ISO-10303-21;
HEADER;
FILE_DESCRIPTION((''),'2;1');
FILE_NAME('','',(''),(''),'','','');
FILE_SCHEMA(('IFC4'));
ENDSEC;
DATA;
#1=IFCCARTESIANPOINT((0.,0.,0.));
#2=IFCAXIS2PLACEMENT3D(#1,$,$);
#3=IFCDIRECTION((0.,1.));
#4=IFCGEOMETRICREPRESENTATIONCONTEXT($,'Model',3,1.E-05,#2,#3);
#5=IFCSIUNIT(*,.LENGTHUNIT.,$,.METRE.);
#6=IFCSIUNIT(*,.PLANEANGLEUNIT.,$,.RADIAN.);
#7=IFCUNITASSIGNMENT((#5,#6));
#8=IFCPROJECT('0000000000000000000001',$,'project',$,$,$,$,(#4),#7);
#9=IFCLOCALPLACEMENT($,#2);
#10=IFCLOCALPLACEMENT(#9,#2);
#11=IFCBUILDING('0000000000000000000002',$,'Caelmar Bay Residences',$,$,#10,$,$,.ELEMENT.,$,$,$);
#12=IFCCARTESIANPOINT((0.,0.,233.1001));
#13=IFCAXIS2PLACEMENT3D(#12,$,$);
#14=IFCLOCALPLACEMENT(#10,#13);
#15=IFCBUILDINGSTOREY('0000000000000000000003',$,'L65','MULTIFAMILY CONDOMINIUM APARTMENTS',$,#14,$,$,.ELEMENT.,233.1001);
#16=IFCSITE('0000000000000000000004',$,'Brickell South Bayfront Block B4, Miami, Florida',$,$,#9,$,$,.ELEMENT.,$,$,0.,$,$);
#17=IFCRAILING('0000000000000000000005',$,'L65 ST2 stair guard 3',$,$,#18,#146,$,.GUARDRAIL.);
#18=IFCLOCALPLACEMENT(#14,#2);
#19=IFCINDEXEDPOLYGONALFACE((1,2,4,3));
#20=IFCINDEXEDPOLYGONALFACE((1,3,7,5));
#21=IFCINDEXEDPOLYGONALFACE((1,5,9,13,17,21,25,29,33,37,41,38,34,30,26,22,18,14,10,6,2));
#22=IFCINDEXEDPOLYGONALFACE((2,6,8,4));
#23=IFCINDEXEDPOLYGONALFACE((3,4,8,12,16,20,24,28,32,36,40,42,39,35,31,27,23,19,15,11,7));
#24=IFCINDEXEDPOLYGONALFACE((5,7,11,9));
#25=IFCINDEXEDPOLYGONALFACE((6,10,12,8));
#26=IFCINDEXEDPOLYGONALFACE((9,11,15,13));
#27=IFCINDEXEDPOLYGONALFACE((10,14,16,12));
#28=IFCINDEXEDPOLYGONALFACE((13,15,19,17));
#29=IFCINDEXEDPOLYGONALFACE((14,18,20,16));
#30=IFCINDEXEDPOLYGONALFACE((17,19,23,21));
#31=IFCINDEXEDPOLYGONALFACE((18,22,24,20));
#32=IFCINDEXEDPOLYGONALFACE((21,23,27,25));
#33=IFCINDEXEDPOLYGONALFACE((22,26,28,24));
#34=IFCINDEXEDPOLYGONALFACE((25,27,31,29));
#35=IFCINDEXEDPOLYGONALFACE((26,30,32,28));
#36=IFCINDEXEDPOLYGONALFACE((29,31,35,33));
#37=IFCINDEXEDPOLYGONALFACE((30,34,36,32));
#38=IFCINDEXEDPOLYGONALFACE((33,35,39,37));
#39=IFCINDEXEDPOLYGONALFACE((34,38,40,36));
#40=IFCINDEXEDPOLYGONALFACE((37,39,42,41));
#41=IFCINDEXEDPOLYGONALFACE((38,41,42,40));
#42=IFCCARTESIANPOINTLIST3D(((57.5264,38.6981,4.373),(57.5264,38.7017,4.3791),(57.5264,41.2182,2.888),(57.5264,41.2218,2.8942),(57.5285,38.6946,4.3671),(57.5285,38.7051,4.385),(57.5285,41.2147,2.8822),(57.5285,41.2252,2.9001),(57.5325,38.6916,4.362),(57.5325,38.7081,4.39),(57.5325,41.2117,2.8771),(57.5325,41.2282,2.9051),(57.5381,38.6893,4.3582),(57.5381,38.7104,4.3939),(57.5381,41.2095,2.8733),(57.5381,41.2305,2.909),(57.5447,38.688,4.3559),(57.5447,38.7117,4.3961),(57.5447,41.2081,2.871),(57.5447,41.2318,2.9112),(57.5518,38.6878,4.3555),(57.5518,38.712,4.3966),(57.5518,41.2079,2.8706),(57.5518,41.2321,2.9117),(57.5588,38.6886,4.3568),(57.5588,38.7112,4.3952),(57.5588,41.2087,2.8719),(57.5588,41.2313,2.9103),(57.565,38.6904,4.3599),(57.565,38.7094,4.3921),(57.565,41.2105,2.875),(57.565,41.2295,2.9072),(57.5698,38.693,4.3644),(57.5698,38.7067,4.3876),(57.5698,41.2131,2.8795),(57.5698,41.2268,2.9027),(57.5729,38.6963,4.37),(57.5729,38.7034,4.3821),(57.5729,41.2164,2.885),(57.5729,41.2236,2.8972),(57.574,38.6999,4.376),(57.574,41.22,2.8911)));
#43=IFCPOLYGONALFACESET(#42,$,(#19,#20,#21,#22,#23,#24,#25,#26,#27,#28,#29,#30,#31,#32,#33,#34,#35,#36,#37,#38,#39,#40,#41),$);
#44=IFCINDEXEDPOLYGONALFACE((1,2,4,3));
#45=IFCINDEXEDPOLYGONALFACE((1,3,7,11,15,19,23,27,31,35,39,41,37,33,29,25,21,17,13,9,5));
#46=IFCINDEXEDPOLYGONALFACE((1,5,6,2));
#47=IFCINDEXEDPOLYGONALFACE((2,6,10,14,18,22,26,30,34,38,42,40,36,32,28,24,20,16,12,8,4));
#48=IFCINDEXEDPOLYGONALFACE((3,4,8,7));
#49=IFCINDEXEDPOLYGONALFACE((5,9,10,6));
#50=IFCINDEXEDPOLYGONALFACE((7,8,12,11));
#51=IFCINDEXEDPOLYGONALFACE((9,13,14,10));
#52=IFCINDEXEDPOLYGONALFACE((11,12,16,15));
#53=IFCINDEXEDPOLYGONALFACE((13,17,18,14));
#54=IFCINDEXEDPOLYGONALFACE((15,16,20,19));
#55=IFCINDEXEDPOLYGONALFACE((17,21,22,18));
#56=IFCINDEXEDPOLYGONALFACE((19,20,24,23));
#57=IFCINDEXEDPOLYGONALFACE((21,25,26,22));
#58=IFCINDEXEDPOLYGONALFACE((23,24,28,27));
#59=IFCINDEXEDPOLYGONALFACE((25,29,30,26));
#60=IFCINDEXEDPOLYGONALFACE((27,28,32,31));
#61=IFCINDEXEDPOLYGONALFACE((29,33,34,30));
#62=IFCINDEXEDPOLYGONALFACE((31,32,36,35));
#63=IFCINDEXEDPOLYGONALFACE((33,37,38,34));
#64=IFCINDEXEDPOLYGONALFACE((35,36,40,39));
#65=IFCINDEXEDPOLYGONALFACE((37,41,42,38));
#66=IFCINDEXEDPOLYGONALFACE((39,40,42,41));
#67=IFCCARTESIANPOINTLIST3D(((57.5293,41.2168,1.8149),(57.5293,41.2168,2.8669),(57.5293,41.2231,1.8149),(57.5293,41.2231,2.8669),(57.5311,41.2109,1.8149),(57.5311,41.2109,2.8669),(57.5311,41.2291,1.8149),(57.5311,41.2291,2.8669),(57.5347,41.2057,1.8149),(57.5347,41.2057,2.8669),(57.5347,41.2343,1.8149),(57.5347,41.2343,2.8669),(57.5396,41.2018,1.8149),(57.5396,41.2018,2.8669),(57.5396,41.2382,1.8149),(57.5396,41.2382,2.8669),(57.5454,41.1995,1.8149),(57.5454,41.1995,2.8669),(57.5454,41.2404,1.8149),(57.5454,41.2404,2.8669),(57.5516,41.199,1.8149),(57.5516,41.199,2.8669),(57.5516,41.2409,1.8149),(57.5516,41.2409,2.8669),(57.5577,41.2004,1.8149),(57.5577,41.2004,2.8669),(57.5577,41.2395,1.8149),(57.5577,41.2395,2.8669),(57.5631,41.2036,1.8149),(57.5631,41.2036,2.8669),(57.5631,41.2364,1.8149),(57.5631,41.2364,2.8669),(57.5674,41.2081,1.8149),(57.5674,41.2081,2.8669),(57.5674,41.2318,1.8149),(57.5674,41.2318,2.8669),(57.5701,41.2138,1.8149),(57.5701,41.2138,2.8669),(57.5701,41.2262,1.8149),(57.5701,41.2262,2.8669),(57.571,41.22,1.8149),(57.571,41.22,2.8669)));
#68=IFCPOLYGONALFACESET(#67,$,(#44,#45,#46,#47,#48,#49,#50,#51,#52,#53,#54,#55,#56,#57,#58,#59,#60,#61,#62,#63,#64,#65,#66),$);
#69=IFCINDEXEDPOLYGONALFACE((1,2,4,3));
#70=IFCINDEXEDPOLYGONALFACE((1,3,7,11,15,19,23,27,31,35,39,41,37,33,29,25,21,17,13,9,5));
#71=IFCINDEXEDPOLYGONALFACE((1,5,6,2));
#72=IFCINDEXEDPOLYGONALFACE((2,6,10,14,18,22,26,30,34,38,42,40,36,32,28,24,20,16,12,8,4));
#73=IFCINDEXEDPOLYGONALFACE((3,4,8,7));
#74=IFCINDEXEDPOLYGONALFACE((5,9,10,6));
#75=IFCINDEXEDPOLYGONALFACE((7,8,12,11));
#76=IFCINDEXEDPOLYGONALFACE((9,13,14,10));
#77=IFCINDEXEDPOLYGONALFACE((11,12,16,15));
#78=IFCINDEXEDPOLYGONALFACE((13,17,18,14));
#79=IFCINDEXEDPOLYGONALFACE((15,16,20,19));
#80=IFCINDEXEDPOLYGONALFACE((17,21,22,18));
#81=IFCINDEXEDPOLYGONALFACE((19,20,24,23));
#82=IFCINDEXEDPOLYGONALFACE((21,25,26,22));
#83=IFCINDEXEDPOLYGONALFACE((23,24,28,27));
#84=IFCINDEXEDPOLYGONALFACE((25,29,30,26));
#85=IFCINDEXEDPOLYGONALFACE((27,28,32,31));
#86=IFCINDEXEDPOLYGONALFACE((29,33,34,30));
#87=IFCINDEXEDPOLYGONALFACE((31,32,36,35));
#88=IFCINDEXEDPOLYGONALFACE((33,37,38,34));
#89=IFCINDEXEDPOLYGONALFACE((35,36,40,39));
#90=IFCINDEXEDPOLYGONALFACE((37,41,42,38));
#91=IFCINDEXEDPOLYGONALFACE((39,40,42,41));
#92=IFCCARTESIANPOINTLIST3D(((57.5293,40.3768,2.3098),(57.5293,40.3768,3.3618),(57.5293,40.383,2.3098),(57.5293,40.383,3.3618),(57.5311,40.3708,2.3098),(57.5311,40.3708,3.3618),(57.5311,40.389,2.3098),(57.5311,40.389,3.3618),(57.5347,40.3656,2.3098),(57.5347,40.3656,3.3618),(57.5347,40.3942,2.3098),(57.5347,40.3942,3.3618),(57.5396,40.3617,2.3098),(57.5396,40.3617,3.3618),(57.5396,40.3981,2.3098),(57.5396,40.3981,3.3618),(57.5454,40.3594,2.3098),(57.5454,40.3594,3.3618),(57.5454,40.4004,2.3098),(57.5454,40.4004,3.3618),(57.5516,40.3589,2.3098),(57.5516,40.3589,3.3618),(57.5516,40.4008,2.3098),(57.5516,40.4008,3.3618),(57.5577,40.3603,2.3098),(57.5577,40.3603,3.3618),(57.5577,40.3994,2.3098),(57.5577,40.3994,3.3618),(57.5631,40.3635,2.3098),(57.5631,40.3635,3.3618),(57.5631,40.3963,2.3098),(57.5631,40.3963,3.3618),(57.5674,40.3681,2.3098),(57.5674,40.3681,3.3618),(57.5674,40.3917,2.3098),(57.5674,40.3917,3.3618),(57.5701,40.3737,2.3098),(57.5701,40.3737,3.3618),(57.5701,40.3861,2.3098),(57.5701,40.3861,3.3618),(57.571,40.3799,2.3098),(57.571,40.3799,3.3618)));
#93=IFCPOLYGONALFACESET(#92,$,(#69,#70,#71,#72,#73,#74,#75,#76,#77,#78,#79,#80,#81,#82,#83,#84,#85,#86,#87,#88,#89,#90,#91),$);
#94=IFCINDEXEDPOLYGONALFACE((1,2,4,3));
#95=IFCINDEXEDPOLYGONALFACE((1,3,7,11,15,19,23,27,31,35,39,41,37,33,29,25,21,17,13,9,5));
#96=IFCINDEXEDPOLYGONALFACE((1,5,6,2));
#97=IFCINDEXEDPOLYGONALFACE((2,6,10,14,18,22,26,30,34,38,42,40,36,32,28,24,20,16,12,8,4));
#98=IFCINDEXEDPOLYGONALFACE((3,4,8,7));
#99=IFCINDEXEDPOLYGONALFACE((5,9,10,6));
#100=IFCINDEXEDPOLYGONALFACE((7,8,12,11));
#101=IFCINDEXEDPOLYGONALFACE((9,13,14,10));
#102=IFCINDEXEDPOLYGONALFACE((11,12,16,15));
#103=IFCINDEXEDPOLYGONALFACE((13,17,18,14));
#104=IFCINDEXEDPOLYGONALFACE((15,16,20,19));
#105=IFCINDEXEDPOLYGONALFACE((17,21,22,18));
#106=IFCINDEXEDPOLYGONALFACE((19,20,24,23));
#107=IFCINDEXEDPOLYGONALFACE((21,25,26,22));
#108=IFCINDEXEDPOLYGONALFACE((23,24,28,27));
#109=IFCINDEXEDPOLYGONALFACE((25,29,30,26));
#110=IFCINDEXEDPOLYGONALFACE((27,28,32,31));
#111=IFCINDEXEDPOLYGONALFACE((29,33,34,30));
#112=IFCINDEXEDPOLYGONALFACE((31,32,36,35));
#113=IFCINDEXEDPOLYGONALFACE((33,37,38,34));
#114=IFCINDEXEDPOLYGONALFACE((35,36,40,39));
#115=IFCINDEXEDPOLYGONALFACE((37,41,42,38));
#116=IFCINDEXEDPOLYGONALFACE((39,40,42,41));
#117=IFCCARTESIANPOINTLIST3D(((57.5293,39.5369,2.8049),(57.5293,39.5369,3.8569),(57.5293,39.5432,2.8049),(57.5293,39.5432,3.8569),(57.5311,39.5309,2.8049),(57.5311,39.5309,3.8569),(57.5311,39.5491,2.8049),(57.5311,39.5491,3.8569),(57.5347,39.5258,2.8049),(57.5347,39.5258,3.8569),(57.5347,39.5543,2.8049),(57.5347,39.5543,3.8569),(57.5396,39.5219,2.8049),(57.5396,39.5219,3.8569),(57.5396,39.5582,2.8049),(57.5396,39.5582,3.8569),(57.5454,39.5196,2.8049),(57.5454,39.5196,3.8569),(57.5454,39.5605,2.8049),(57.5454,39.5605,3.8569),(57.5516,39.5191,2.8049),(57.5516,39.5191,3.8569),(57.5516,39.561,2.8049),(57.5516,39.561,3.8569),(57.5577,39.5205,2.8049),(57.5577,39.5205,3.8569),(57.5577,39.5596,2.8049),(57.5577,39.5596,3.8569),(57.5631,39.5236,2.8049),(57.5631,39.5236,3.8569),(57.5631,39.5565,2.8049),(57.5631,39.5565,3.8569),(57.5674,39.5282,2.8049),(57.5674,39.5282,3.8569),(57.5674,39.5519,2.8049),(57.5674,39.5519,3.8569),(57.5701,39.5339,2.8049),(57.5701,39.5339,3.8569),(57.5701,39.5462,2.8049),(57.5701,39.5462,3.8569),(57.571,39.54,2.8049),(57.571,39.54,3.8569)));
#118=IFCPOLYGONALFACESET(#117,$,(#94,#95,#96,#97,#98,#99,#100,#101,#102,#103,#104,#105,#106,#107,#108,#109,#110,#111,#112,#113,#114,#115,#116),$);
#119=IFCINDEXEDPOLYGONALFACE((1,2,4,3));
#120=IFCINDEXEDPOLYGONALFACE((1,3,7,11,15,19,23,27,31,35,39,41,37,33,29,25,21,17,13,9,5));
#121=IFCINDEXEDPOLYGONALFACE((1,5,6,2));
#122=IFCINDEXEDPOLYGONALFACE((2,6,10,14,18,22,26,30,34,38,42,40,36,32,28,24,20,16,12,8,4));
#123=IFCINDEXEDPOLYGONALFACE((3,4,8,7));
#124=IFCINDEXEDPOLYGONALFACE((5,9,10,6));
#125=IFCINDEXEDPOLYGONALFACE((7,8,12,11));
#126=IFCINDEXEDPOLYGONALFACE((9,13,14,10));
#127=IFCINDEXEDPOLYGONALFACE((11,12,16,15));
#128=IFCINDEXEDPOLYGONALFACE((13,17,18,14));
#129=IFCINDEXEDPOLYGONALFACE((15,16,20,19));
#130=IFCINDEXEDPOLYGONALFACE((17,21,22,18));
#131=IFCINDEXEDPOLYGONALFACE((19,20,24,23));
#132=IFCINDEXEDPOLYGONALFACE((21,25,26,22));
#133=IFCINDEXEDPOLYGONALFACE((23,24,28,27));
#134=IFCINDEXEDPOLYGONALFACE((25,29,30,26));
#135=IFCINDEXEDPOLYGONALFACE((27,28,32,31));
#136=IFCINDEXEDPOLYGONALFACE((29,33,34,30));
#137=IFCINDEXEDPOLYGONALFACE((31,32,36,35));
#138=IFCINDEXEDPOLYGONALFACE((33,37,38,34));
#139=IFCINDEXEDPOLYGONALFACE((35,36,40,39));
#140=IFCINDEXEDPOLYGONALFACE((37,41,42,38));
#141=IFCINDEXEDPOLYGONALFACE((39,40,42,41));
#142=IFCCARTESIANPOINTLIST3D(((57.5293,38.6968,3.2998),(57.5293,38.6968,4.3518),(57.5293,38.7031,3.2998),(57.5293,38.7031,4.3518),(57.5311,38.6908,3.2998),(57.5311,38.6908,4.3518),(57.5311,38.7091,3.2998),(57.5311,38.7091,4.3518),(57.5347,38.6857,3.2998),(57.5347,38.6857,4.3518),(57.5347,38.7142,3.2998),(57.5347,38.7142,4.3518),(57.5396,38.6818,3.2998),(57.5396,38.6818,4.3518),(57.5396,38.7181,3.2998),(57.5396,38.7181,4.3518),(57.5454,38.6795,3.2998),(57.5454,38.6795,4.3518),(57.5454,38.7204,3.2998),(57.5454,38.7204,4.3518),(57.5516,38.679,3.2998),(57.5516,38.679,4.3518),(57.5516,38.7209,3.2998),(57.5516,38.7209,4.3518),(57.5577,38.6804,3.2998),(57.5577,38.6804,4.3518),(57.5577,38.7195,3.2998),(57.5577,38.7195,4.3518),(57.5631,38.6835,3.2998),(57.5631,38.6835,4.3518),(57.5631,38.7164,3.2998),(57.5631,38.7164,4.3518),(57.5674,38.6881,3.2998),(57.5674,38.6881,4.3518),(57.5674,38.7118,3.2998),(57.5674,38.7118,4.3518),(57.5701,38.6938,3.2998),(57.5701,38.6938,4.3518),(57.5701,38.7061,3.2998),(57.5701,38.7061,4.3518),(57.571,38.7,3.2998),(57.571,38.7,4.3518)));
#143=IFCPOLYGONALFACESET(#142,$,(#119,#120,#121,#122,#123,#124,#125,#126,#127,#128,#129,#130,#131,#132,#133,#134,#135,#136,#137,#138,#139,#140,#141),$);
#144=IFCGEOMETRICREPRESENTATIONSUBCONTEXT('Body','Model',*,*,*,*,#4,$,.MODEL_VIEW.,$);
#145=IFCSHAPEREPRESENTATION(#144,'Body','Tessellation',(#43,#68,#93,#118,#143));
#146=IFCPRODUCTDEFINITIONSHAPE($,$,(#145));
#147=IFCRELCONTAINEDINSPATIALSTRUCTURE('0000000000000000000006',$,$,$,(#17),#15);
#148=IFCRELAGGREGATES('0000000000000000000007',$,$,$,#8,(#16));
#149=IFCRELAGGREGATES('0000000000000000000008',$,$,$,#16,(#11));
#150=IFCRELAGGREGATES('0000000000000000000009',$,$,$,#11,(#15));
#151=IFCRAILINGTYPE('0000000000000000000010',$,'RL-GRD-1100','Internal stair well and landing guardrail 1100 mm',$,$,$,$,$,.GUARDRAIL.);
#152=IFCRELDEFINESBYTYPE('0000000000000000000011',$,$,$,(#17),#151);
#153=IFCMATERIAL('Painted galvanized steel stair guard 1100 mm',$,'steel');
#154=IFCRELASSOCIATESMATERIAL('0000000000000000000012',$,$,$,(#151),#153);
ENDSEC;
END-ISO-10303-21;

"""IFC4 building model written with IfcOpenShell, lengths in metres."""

from ifc_helpers import new_model, si_unit, direction, frame, origin, origin_2d, place, context, subcontext, project, spatial, circle, extrude, material, type_object, element, save


model = new_model("IFC4")

# Units and contexts
model_context = context("Model", 3, precision=1e-05, world=origin(), true_north=direction((0.0, 1.0)))
body_context = subcontext(model_context, "Body", "Model", "MODEL_VIEW")
ifc_project = project(units=[si_unit("LENGTHUNIT", "METRE"), si_unit("PLANEANGLEUNIT", "RADIAN")], contexts=[model_context])

# Site, building, storey
site_placement = place(None, origin())
site = spatial("IfcSite", under=ifc_project, at=site_placement, Name="Brickell South Bayfront Block B4, Miami, Florida", CompositionType="ELEMENT", RefElevation=0.0)
building_placement = place(site_placement, origin())
building = spatial("IfcBuilding", under=site, at=building_placement, Name="Caelmar Bay Residences", CompositionType="ELEMENT")
storey_placement = place(building_placement, frame((0.0, 0.0, 233.1001)))
storey = spatial("IfcBuildingStorey", under=building, at=storey_placement, Name="L65", Description="MULTIFAMILY CONDOMINIUM APARTMENTS", CompositionType="ELEMENT", Elevation=233.1001)

# Railing
ifc_material_1 = material(Name="Painted galvanized steel stair guard 1100 mm", Category="steel")
railing_type_1 = type_object("IfcRailingType", Name="RL-GRD-1100", Description="Internal stair well and landing guardrail 1100 mm", PredefinedType="GUARDRAIL", material=ifc_material_1)
railing_1_placement = place(storey_placement, frame((57.55, 41.22, 1.8149)))
element("IfcRailing", 1, at=railing_1_placement, inside=storey, type_object=railing_type_1, Name="L65 ST2 stair guard 3", PredefinedType="GUARDRAIL", context=body_context, shape_type="SweptSolid", body=[
    extrude(circle(Radius=0.0239, at=origin_2d()), frame((0.0, 0.0, 1.0762), z_axis=(0.0, -0.861561, 0.507655), x_axis=(1.0, 0.0, 0.0)), (0.0, 0.0, 1.0), 2.925),
    extrude(circle(Radius=0.021, at=origin_2d()), origin(), (0.0, 0.0, 1.0), 1.052),
    extrude(circle(Radius=0.021, at=origin_2d()), frame((0.0, -0.8401, 0.4949)), (0.0, 0.0, 1.0), 1.052),
    extrude(circle(Radius=0.021, at=origin_2d()), frame((0.0, -1.6799, 0.99)), (0.0, 0.0, 1.0), 1.052),
    extrude(circle(Radius=0.021, at=origin_2d()), frame((0.0, -2.52, 1.4849)), (0.0, 0.0, 1.0), 1.052),
])

save(model, "model.ifc")
